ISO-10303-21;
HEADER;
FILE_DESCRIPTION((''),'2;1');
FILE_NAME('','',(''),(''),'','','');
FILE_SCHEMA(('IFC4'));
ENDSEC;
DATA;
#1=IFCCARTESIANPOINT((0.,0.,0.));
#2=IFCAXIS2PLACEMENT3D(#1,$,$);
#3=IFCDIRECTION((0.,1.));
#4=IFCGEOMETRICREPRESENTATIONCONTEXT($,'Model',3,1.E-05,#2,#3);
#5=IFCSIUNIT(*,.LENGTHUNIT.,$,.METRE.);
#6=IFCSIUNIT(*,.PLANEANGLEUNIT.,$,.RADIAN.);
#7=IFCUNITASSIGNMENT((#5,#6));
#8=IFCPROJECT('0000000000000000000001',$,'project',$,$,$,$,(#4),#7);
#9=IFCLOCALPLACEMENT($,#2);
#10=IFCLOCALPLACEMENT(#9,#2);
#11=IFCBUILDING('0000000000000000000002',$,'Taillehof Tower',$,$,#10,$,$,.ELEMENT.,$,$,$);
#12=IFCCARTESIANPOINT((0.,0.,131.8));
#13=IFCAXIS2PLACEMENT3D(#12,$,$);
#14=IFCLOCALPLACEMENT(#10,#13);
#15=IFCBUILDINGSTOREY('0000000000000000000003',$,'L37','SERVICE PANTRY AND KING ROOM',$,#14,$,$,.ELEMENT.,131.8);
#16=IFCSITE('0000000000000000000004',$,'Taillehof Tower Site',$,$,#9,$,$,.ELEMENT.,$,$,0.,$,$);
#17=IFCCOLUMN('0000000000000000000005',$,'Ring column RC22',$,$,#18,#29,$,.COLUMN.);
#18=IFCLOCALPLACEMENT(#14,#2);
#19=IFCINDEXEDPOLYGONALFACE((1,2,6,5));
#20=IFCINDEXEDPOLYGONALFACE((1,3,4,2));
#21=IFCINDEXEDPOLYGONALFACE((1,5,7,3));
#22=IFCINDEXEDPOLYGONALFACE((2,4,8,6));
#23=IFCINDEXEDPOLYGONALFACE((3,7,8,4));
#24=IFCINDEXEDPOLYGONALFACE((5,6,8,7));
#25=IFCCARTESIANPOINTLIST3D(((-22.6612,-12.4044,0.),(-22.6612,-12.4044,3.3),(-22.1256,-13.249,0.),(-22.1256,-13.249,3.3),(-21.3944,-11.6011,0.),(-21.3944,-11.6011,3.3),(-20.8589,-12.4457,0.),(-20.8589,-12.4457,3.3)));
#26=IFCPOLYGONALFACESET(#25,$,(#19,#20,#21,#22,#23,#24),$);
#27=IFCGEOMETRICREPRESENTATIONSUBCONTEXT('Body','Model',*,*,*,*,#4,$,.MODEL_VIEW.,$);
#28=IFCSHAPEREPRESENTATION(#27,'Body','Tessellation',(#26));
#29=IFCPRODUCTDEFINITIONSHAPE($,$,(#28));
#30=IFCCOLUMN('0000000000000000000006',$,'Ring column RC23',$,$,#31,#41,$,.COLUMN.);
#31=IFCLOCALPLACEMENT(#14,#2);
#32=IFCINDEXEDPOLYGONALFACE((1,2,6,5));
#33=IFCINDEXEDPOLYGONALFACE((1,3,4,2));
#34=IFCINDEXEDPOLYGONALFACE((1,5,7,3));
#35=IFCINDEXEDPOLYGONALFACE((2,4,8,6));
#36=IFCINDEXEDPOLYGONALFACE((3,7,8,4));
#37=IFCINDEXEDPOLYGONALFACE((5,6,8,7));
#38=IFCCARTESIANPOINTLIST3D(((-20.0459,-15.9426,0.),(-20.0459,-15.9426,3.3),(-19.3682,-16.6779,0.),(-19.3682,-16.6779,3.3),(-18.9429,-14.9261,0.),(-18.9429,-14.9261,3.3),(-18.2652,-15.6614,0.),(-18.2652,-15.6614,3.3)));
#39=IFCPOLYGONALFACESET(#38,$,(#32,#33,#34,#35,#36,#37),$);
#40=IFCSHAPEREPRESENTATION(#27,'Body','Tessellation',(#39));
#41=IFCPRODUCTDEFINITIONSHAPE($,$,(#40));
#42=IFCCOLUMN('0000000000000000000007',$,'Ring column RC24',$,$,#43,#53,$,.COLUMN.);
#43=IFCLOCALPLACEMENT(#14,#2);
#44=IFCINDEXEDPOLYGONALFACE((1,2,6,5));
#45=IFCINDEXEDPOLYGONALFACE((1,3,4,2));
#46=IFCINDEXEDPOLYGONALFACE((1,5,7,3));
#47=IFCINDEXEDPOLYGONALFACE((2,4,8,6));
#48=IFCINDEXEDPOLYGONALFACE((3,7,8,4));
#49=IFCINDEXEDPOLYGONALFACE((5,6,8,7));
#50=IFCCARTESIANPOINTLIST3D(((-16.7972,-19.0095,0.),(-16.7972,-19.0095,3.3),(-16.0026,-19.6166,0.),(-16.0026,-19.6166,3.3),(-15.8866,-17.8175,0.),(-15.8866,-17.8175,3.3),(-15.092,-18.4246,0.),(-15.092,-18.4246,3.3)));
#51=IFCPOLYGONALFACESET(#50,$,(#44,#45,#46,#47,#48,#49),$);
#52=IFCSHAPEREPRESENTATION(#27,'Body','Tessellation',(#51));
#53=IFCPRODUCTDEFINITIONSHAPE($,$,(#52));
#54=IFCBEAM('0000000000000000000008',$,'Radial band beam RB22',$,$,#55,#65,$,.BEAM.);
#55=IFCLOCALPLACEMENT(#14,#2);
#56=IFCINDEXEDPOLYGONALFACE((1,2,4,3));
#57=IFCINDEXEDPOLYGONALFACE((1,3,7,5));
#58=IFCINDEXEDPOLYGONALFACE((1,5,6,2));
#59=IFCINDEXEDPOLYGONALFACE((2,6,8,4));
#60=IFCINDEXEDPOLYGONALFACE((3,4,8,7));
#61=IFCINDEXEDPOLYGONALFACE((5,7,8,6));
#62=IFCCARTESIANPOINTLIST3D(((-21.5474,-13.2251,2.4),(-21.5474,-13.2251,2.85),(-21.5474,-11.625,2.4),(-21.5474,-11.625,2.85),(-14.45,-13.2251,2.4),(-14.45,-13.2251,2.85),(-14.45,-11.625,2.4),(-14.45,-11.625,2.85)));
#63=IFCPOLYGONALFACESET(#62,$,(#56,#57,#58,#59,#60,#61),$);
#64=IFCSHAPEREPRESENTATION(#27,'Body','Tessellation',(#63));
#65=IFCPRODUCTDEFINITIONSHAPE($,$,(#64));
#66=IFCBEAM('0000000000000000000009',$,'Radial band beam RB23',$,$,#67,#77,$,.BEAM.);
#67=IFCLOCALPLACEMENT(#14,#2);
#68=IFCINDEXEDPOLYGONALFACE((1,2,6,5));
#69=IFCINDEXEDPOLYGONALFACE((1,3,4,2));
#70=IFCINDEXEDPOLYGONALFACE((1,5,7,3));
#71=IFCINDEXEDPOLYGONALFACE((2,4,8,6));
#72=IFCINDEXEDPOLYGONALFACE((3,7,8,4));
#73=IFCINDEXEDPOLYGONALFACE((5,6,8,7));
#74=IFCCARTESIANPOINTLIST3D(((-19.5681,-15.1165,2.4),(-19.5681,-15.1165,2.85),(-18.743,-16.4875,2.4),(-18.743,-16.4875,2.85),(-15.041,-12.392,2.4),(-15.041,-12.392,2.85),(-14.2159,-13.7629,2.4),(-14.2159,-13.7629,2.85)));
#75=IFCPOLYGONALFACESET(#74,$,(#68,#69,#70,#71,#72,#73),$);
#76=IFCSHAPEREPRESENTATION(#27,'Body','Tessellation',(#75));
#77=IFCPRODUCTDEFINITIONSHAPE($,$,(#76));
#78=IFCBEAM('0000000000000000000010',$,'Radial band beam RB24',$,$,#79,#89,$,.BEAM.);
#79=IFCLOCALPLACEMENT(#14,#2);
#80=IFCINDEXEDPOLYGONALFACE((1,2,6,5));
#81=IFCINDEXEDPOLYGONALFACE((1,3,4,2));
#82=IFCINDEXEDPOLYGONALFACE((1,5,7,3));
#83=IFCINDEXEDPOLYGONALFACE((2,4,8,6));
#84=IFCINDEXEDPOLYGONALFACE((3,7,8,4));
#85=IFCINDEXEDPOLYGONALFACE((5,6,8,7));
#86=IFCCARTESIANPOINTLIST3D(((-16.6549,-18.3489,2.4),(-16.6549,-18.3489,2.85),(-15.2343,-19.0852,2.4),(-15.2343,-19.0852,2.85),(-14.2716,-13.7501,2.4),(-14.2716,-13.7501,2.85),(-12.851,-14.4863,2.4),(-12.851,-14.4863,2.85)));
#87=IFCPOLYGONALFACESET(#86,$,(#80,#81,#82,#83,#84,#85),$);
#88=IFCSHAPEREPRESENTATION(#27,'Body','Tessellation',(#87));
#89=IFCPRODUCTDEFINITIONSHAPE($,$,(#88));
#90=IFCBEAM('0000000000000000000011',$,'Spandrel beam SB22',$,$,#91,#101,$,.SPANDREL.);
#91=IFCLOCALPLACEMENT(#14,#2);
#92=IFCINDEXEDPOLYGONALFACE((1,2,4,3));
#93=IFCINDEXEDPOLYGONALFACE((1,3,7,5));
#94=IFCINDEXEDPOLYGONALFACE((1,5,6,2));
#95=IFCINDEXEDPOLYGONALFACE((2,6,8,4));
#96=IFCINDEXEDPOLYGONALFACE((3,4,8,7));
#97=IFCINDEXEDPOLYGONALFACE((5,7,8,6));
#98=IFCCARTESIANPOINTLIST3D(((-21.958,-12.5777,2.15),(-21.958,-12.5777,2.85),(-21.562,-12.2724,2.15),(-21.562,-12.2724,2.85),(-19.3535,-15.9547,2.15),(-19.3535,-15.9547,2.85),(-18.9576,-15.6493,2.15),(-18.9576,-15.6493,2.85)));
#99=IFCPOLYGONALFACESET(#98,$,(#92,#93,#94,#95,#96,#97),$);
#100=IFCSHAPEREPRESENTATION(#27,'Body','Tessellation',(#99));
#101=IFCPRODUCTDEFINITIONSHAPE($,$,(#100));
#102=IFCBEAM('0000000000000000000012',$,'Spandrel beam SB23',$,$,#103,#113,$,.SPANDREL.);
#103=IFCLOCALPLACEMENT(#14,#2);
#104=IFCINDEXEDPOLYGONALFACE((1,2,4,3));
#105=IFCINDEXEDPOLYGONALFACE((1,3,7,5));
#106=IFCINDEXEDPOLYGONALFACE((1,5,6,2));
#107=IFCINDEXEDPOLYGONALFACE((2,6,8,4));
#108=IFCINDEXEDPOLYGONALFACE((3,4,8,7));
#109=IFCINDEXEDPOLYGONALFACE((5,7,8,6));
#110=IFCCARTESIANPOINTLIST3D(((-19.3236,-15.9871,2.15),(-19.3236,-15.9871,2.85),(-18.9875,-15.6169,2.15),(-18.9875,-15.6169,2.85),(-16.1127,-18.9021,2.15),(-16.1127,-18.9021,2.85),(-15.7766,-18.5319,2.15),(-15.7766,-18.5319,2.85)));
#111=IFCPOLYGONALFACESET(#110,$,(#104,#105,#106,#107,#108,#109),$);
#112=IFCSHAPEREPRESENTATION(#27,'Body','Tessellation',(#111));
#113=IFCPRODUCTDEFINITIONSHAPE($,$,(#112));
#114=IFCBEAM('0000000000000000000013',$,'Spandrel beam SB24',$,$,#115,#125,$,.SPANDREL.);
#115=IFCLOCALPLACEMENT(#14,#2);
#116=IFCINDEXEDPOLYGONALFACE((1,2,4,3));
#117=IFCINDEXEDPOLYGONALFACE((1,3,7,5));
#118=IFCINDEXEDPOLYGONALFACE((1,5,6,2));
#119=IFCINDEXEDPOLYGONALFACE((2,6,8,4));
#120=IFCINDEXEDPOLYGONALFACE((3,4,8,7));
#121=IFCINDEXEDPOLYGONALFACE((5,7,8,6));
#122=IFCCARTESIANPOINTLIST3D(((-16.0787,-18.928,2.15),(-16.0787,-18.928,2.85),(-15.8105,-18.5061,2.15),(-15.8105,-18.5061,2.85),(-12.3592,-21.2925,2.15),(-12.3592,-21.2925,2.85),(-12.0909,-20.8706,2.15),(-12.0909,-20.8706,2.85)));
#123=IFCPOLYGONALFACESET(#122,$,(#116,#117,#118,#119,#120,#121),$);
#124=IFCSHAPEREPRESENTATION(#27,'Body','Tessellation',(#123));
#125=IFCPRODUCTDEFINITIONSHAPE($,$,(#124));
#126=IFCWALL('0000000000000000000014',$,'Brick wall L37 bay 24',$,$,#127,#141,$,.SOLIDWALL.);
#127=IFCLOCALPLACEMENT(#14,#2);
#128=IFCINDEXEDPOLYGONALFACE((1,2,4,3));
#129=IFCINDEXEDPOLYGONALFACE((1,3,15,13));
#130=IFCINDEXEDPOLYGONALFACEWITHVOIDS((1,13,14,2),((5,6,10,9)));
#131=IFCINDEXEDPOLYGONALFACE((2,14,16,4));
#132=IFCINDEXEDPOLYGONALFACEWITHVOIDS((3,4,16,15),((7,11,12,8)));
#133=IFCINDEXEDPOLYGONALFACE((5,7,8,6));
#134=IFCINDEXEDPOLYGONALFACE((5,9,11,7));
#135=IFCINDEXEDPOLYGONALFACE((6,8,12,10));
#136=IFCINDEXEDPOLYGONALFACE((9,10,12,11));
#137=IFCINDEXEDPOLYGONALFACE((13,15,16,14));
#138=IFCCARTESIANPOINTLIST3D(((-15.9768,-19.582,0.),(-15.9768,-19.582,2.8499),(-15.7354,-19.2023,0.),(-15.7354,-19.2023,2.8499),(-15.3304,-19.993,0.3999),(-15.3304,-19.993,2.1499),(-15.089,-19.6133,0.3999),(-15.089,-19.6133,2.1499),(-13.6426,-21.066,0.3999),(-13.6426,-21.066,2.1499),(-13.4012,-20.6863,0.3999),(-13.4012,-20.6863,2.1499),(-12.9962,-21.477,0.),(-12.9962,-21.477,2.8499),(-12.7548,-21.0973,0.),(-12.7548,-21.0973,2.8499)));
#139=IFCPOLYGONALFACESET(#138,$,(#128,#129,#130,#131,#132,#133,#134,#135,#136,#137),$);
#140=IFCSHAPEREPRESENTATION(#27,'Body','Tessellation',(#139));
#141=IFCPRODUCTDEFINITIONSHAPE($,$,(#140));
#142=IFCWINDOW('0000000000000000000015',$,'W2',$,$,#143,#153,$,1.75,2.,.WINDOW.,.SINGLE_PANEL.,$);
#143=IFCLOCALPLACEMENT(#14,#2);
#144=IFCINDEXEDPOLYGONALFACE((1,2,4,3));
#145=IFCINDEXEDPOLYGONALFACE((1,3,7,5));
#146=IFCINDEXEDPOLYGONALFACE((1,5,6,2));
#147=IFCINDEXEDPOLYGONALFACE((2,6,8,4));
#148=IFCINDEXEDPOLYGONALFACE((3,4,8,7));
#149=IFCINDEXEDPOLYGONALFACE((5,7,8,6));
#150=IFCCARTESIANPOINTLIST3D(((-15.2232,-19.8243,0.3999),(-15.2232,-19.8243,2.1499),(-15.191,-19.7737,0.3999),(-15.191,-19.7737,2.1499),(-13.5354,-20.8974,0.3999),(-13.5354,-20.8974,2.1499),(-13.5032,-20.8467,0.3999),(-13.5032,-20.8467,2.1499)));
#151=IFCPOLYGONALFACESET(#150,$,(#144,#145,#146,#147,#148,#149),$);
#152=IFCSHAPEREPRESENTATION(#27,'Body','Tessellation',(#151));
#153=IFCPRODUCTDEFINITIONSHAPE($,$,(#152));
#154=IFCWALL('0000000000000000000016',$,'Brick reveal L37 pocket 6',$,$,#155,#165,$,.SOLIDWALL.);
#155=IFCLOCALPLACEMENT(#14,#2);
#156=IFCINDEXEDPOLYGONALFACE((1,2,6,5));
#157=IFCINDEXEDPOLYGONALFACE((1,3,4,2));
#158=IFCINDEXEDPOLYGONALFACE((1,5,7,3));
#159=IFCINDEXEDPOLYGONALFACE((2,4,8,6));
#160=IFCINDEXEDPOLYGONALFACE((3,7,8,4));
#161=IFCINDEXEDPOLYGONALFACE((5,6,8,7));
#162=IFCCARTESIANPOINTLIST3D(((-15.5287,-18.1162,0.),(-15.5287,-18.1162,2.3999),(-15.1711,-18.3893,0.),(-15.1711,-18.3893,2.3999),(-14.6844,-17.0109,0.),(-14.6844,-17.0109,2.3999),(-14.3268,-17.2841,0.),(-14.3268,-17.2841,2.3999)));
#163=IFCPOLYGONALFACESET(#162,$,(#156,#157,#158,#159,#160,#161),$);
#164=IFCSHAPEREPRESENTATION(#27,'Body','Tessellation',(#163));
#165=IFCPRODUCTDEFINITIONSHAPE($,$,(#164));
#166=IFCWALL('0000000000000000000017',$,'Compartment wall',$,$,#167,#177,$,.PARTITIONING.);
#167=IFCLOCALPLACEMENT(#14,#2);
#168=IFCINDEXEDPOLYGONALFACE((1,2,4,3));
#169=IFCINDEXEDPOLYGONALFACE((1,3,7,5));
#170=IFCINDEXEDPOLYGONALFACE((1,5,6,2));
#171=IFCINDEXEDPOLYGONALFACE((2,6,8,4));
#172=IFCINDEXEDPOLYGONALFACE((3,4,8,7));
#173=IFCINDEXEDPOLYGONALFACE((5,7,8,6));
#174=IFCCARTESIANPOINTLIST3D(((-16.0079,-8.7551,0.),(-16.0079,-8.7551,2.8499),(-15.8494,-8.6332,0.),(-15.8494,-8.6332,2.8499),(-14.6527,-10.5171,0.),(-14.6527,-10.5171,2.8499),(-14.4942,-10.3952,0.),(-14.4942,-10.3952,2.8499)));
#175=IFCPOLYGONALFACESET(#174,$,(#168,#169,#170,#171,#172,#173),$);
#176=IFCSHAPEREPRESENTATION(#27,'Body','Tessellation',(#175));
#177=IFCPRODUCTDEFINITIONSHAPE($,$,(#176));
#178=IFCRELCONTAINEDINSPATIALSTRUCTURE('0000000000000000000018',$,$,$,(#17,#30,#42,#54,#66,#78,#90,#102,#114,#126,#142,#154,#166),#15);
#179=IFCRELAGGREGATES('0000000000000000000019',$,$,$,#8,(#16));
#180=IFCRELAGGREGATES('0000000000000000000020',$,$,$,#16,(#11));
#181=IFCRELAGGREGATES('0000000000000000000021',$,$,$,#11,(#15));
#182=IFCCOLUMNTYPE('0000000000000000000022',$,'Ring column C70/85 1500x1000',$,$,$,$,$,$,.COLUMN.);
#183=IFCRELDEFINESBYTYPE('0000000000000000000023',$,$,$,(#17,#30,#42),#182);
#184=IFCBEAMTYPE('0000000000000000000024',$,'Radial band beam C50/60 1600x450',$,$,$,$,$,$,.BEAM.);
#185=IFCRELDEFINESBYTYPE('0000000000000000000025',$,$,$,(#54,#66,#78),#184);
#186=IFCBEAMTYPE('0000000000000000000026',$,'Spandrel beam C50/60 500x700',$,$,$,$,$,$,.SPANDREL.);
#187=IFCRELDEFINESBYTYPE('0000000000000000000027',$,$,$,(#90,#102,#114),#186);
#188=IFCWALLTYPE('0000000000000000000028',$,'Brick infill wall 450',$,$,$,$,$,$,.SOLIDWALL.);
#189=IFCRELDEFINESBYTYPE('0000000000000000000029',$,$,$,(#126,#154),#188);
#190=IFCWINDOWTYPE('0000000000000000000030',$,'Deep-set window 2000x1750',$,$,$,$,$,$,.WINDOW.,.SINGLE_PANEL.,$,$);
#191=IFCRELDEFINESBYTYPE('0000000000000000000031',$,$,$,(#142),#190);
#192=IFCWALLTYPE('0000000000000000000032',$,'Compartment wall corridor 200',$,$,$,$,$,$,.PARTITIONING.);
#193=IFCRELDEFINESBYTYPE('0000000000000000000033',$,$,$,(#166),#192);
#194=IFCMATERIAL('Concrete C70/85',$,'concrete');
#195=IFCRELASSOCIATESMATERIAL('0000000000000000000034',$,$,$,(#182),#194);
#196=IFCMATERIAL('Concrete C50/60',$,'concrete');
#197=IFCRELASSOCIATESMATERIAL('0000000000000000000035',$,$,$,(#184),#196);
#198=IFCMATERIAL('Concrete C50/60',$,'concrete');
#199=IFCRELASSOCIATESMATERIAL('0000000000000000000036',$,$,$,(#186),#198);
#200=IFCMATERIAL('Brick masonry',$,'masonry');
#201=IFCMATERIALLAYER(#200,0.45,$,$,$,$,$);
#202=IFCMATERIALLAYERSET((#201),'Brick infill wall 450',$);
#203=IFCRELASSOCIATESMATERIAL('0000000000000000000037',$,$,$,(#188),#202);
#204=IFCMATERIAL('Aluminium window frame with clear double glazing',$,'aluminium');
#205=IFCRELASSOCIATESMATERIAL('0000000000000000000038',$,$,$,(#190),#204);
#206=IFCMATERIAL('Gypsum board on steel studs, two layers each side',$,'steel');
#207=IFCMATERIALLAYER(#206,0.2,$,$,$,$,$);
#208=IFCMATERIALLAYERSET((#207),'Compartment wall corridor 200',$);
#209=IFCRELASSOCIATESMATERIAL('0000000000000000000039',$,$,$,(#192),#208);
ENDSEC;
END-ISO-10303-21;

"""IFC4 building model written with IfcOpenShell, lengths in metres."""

from ifc_helpers import new_model, si_unit, direction, frame, frame_2d, origin, origin_2d, place, context, subcontext, project, spatial, rectangle, extrude, material, layer, layer_set, material_profile, profile_set, type_object, element, fill, save


model = new_model("IFC4")

# Units and contexts
model_context = context("Model", 3, precision=1e-05, world=origin(), true_north=direction((0.0, 1.0)))
body_context = subcontext(model_context, "Body", "Model", "MODEL_VIEW")
ifc_project = project(units=[si_unit("LENGTHUNIT", "METRE"), si_unit("PLANEANGLEUNIT", "RADIAN")], contexts=[model_context])

# Site, building, storey
site_placement = place(None, origin())
site = spatial("IfcSite", under=ifc_project, at=site_placement, Name="Taillehof Tower Site", CompositionType="ELEMENT", RefElevation=0.0)
building_placement = place(site_placement, origin())
building = spatial("IfcBuilding", under=site, at=building_placement, Name="Taillehof Tower", CompositionType="ELEMENT")
storey_placement = place(building_placement, frame((0.0, 0.0, 131.8)))
storey = spatial("IfcBuildingStorey", under=building, at=storey_placement, Name="L37", Description="SERVICE PANTRY AND KING ROOM", CompositionType="ELEMENT", Elevation=131.8)

# Columns
ifc_material_1 = material(Name="Concrete C70/85", Category="concrete")
ifc_material_profile_1 = material_profile(ifc_material_1, rectangle(XDim=1.5, YDim=1.0, at=origin_2d()), Name="RC 1500x1000")
ifc_profile_set_1 = profile_set([ifc_material_profile_1], Name="Concrete C70/85")
column_type = type_object("IfcColumnType", Name="Ring column C70/85 1500x1000", PredefinedType="COLUMN", material=ifc_profile_set_1)
for number, where, z_axis, x_axis, name in (
    (1, (-21.76, -12.425, 0.0), (0.0, 0.0, 1.0), (-0.844511, -0.535537, 0.0), "Ring column RC22"),
    (2, (-19.1555, -15.802, 0.0), (0.0, 0.0, 1.0), (-0.735332, -0.677707, 0.0), "Ring column RC23"),
    (3, (-15.9446, -18.717, 0.0), (0.0, 0.0, 1.0), (-0.607074, -0.794645, 0.0), "Ring column RC24"),
):
    element("IfcColumn", number, at=place(storey_placement, frame(where, z_axis=z_axis, x_axis=x_axis)), inside=storey, type_object=column_type, Name=name, PredefinedType="COLUMN", context=body_context, shape_type="SweptSolid", body=[
        extrude(rectangle(XDim=1.5, YDim=1.0, at=origin_2d()), origin(), (0.0, 0.0, 1.0), 3.3),
    ])

# Beams
ifc_material_2 = material(Name="Concrete C50/60", Category="concrete")
ifc_material_profile_2 = material_profile(ifc_material_2, rectangle(XDim=1.6001, YDim=0.45, at=origin_2d()), Name="RC 1600x450")
ifc_profile_set_2 = profile_set([ifc_material_profile_2], Name="Concrete C50/60")
beam_type_1 = type_object("IfcBeamType", Name="Radial band beam C50/60 1600x450", PredefinedType="BEAM", material=ifc_profile_set_2)
beam_1_placement = place(storey_placement, frame((-21.5474, -12.425, 2.625), z_axis=(1.0, 0.0, 0.0), x_axis=(0.0, 1.0, 0.0)))
element("IfcBeam", 4, at=beam_1_placement, inside=storey, type_object=beam_type_1, Name="Radial band beam RB22", PredefinedType="BEAM", context=body_context, shape_type="SweptSolid", body=[
    extrude(rectangle(XDim=1.6001, YDim=0.45, at=origin_2d()), origin(), (0.0, 0.0, 1.0), 7.0974),
])
beam_2_placement = place(storey_placement, frame((-19.1555, -15.802, 2.625), z_axis=(0.856795, 0.515657, 0.0), x_axis=(-0.515657, 0.856795, 0.0)))
element("IfcBeam", 5, at=beam_2_placement, inside=storey, type_object=beam_type_1, Name="Radial band beam RB23", PredefinedType="BEAM", context=body_context, shape_type="SweptSolid", body=[
    extrude(rectangle(XDim=1.6001, YDim=0.45, at=origin_2d()), origin(), (0.0, 0.0, 1.0), 5.2837),
])
beam_3_placement = place(storey_placement, frame((-15.9446, -18.717, 2.625), z_axis=(0.460119, 0.887857, 0.0), x_axis=(-0.887857, 0.460119, 0.0)))
element("IfcBeam", 6, at=beam_3_placement, inside=storey, type_object=beam_type_1, Name="Radial band beam RB24", PredefinedType="BEAM", context=body_context, shape_type="SweptSolid", body=[
    extrude(rectangle(XDim=1.6001, YDim=0.45, at=origin_2d()), origin(), (0.0, 0.0, 1.0), 5.1797),
])
ifc_material_3 = material(Name="Concrete C50/60", Category="concrete")
ifc_material_profile_3 = material_profile(ifc_material_3, rectangle(XDim=0.5, YDim=0.7, at=origin_2d()), Name="RC 500x700")
ifc_profile_set_3 = profile_set([ifc_material_profile_3], Name="Concrete C50/60")
beam_type_2 = type_object("IfcBeamType", Name="Spandrel beam C50/60 500x700", PredefinedType="SPANDREL", material=ifc_profile_set_3)
beam_4_placement = place(storey_placement, frame((-21.76, -12.425, 2.5), z_axis=(0.610717, -0.791849, 0.0), x_axis=(0.791849, 0.610717, 0.0)))
element("IfcBeam", 7, at=beam_4_placement, inside=storey, type_object=beam_type_2, Name="Spandrel beam SB22", PredefinedType="SPANDREL", context=body_context, shape_type="SweptSolid", body=[
    extrude(rectangle(XDim=0.5, YDim=0.7, at=origin_2d()), origin(), (0.0, 0.0, 1.0), 4.2646),
])
beam_5_placement = place(storey_placement, frame((-19.1555, -15.802, 2.5), z_axis=(0.740398, -0.672168, 0.0), x_axis=(0.672168, 0.740398, 0.0)))
element("IfcBeam", 8, at=beam_5_placement, inside=storey, type_object=beam_type_2, Name="Spandrel beam SB23", PredefinedType="SPANDREL", context=body_context, shape_type="SweptSolid", body=[
    extrude(rectangle(XDim=0.5, YDim=0.7, at=origin_2d()), origin(), (0.0, 0.0, 1.0), 4.3367),
])
beam_6_placement = place(storey_placement, frame((-15.9446, -18.717, 2.5), z_axis=(0.843912, -0.536481, 0.0), x_axis=(0.536481, 0.843912, 0.0)))
element("IfcBeam", 9, at=beam_6_placement, inside=storey, type_object=beam_type_2, Name="Spandrel beam SB24", PredefinedType="SPANDREL", context=body_context, shape_type="SweptSolid", body=[
    extrude(rectangle(XDim=0.5, YDim=0.7, at=origin_2d()), origin(), (0.0, 0.0, 1.0), 4.4075),
])

# Wall, opening, window
ifc_material_4 = material(Name="Brick masonry", Category="masonry")
ifc_layer_1 = layer(ifc_material_4, 0.45)
ifc_layer_set_1 = layer_set([ifc_layer_1], Name="Brick infill wall 450")
wall_type_1 = type_object("IfcWallType", Name="Brick infill wall 450", PredefinedType="SOLIDWALL", material=ifc_layer_set_1)
wall_1_placement = place(storey_placement, frame((-15.8562, -19.3921, 0.0), z_axis=(0.0, 0.0, 1.0), x_axis=(0.843892, -0.536513, 0.0)))
wall_1 = element("IfcWall", 10, at=wall_1_placement, inside=storey, type_object=wall_type_1, Name="Brick wall L37 bay 24", PredefinedType="SOLIDWALL", context=body_context, shape_type="SweptSolid", body=[
    extrude(rectangle(XDim=3.532, YDim=0.45, at=frame_2d((1.7661, 0.0))), origin(), (0.0, 0.0, 1.0), 2.8499),
])
opening_1_placement = place(wall_1_placement, frame((0.7661, 0.0, 0.3999)))
opening_1 = element("IfcOpeningElement", 11, at=opening_1_placement, cuts=wall_1, PredefinedType="OPENING", context=body_context, shape_type="SweptSolid", body=[
    extrude(rectangle(XDim=2.0, YDim=1.75, at=frame_2d((1.0, 0.875))), frame((0.0, 0.2349, 0.0), z_axis=(0.0, -1.0, 0.0), x_axis=(1.0, 0.0, 0.0)), (0.0, 0.0, 1.0), 0.47),
])
ifc_material_5 = material(Name="Aluminium window frame with clear double glazing", Category="aluminium")
window_type_1 = type_object("IfcWindowType", Name="Deep-set window 2000x1750", PartitioningType="SINGLE_PANEL", PredefinedType="WINDOW", material=ifc_material_5)
window_1_placement = place(opening_1_placement, origin())
window_1 = element("IfcWindow", 12, at=window_1_placement, inside=storey, type_object=window_type_1, Name="W2", OverallHeight=1.75, OverallWidth=2.0, PartitioningType="SINGLE_PANEL", PredefinedType="WINDOW", context=body_context, shape_type="SweptSolid", body=[
    extrude(rectangle(XDim=2.0, YDim=1.75, at=frame_2d((1.0, 0.875))), frame((0.0, 0.0349, 0.0), z_axis=(0.0, -1.0, 0.0), x_axis=(1.0, 0.0, 0.0)), (0.0, 0.0, 1.0), 0.0601),
])
fill(opening_1, window_1)

# Wall
wall_2_placement = place(storey_placement, frame((-15.3499, -18.2527, 0.0), z_axis=(0.0, 0.0, 1.0), x_axis=(0.607026, 0.794682, 0.0)))
element("IfcWall", 13, at=wall_2_placement, inside=storey, type_object=wall_type_1, Name="Brick reveal L37 pocket 6", PredefinedType="SOLIDWALL", context=body_context, shape_type="SweptSolid", body=[
    extrude(rectangle(XDim=1.3909, YDim=0.45, at=frame_2d((0.6953, 0.0))), origin(), (0.0, 0.0, 1.0), 2.3999),
])

# Wall
ifc_material_6 = material(Name="Gypsum board on steel studs, two layers each side", Category="steel")
ifc_layer_2 = layer(ifc_material_6, 0.2)
ifc_layer_set_2 = layer_set([ifc_layer_2], Name="Compartment wall corridor 200")
wall_type_2 = type_object("IfcWallType", Name="Compartment wall corridor 200", PredefinedType="PARTITIONING", material=ifc_layer_set_2)
wall_3_placement = place(storey_placement, frame((-14.5735, -10.4561, 0.0), z_axis=(0.0, 0.0, 1.0), x_axis=(-0.609674, 0.792653, 0.0)))
element("IfcWall", 14, at=wall_3_placement, inside=storey, type_object=wall_type_2, Name="Compartment wall", PredefinedType="PARTITIONING", context=body_context, shape_type="SweptSolid", body=[
    extrude(rectangle(XDim=2.2229, YDim=0.2, at=frame_2d((1.1113, 0.0))), origin(), (0.0, 0.0, 1.0), 2.8499),
])

save(model, "model.ifc")
